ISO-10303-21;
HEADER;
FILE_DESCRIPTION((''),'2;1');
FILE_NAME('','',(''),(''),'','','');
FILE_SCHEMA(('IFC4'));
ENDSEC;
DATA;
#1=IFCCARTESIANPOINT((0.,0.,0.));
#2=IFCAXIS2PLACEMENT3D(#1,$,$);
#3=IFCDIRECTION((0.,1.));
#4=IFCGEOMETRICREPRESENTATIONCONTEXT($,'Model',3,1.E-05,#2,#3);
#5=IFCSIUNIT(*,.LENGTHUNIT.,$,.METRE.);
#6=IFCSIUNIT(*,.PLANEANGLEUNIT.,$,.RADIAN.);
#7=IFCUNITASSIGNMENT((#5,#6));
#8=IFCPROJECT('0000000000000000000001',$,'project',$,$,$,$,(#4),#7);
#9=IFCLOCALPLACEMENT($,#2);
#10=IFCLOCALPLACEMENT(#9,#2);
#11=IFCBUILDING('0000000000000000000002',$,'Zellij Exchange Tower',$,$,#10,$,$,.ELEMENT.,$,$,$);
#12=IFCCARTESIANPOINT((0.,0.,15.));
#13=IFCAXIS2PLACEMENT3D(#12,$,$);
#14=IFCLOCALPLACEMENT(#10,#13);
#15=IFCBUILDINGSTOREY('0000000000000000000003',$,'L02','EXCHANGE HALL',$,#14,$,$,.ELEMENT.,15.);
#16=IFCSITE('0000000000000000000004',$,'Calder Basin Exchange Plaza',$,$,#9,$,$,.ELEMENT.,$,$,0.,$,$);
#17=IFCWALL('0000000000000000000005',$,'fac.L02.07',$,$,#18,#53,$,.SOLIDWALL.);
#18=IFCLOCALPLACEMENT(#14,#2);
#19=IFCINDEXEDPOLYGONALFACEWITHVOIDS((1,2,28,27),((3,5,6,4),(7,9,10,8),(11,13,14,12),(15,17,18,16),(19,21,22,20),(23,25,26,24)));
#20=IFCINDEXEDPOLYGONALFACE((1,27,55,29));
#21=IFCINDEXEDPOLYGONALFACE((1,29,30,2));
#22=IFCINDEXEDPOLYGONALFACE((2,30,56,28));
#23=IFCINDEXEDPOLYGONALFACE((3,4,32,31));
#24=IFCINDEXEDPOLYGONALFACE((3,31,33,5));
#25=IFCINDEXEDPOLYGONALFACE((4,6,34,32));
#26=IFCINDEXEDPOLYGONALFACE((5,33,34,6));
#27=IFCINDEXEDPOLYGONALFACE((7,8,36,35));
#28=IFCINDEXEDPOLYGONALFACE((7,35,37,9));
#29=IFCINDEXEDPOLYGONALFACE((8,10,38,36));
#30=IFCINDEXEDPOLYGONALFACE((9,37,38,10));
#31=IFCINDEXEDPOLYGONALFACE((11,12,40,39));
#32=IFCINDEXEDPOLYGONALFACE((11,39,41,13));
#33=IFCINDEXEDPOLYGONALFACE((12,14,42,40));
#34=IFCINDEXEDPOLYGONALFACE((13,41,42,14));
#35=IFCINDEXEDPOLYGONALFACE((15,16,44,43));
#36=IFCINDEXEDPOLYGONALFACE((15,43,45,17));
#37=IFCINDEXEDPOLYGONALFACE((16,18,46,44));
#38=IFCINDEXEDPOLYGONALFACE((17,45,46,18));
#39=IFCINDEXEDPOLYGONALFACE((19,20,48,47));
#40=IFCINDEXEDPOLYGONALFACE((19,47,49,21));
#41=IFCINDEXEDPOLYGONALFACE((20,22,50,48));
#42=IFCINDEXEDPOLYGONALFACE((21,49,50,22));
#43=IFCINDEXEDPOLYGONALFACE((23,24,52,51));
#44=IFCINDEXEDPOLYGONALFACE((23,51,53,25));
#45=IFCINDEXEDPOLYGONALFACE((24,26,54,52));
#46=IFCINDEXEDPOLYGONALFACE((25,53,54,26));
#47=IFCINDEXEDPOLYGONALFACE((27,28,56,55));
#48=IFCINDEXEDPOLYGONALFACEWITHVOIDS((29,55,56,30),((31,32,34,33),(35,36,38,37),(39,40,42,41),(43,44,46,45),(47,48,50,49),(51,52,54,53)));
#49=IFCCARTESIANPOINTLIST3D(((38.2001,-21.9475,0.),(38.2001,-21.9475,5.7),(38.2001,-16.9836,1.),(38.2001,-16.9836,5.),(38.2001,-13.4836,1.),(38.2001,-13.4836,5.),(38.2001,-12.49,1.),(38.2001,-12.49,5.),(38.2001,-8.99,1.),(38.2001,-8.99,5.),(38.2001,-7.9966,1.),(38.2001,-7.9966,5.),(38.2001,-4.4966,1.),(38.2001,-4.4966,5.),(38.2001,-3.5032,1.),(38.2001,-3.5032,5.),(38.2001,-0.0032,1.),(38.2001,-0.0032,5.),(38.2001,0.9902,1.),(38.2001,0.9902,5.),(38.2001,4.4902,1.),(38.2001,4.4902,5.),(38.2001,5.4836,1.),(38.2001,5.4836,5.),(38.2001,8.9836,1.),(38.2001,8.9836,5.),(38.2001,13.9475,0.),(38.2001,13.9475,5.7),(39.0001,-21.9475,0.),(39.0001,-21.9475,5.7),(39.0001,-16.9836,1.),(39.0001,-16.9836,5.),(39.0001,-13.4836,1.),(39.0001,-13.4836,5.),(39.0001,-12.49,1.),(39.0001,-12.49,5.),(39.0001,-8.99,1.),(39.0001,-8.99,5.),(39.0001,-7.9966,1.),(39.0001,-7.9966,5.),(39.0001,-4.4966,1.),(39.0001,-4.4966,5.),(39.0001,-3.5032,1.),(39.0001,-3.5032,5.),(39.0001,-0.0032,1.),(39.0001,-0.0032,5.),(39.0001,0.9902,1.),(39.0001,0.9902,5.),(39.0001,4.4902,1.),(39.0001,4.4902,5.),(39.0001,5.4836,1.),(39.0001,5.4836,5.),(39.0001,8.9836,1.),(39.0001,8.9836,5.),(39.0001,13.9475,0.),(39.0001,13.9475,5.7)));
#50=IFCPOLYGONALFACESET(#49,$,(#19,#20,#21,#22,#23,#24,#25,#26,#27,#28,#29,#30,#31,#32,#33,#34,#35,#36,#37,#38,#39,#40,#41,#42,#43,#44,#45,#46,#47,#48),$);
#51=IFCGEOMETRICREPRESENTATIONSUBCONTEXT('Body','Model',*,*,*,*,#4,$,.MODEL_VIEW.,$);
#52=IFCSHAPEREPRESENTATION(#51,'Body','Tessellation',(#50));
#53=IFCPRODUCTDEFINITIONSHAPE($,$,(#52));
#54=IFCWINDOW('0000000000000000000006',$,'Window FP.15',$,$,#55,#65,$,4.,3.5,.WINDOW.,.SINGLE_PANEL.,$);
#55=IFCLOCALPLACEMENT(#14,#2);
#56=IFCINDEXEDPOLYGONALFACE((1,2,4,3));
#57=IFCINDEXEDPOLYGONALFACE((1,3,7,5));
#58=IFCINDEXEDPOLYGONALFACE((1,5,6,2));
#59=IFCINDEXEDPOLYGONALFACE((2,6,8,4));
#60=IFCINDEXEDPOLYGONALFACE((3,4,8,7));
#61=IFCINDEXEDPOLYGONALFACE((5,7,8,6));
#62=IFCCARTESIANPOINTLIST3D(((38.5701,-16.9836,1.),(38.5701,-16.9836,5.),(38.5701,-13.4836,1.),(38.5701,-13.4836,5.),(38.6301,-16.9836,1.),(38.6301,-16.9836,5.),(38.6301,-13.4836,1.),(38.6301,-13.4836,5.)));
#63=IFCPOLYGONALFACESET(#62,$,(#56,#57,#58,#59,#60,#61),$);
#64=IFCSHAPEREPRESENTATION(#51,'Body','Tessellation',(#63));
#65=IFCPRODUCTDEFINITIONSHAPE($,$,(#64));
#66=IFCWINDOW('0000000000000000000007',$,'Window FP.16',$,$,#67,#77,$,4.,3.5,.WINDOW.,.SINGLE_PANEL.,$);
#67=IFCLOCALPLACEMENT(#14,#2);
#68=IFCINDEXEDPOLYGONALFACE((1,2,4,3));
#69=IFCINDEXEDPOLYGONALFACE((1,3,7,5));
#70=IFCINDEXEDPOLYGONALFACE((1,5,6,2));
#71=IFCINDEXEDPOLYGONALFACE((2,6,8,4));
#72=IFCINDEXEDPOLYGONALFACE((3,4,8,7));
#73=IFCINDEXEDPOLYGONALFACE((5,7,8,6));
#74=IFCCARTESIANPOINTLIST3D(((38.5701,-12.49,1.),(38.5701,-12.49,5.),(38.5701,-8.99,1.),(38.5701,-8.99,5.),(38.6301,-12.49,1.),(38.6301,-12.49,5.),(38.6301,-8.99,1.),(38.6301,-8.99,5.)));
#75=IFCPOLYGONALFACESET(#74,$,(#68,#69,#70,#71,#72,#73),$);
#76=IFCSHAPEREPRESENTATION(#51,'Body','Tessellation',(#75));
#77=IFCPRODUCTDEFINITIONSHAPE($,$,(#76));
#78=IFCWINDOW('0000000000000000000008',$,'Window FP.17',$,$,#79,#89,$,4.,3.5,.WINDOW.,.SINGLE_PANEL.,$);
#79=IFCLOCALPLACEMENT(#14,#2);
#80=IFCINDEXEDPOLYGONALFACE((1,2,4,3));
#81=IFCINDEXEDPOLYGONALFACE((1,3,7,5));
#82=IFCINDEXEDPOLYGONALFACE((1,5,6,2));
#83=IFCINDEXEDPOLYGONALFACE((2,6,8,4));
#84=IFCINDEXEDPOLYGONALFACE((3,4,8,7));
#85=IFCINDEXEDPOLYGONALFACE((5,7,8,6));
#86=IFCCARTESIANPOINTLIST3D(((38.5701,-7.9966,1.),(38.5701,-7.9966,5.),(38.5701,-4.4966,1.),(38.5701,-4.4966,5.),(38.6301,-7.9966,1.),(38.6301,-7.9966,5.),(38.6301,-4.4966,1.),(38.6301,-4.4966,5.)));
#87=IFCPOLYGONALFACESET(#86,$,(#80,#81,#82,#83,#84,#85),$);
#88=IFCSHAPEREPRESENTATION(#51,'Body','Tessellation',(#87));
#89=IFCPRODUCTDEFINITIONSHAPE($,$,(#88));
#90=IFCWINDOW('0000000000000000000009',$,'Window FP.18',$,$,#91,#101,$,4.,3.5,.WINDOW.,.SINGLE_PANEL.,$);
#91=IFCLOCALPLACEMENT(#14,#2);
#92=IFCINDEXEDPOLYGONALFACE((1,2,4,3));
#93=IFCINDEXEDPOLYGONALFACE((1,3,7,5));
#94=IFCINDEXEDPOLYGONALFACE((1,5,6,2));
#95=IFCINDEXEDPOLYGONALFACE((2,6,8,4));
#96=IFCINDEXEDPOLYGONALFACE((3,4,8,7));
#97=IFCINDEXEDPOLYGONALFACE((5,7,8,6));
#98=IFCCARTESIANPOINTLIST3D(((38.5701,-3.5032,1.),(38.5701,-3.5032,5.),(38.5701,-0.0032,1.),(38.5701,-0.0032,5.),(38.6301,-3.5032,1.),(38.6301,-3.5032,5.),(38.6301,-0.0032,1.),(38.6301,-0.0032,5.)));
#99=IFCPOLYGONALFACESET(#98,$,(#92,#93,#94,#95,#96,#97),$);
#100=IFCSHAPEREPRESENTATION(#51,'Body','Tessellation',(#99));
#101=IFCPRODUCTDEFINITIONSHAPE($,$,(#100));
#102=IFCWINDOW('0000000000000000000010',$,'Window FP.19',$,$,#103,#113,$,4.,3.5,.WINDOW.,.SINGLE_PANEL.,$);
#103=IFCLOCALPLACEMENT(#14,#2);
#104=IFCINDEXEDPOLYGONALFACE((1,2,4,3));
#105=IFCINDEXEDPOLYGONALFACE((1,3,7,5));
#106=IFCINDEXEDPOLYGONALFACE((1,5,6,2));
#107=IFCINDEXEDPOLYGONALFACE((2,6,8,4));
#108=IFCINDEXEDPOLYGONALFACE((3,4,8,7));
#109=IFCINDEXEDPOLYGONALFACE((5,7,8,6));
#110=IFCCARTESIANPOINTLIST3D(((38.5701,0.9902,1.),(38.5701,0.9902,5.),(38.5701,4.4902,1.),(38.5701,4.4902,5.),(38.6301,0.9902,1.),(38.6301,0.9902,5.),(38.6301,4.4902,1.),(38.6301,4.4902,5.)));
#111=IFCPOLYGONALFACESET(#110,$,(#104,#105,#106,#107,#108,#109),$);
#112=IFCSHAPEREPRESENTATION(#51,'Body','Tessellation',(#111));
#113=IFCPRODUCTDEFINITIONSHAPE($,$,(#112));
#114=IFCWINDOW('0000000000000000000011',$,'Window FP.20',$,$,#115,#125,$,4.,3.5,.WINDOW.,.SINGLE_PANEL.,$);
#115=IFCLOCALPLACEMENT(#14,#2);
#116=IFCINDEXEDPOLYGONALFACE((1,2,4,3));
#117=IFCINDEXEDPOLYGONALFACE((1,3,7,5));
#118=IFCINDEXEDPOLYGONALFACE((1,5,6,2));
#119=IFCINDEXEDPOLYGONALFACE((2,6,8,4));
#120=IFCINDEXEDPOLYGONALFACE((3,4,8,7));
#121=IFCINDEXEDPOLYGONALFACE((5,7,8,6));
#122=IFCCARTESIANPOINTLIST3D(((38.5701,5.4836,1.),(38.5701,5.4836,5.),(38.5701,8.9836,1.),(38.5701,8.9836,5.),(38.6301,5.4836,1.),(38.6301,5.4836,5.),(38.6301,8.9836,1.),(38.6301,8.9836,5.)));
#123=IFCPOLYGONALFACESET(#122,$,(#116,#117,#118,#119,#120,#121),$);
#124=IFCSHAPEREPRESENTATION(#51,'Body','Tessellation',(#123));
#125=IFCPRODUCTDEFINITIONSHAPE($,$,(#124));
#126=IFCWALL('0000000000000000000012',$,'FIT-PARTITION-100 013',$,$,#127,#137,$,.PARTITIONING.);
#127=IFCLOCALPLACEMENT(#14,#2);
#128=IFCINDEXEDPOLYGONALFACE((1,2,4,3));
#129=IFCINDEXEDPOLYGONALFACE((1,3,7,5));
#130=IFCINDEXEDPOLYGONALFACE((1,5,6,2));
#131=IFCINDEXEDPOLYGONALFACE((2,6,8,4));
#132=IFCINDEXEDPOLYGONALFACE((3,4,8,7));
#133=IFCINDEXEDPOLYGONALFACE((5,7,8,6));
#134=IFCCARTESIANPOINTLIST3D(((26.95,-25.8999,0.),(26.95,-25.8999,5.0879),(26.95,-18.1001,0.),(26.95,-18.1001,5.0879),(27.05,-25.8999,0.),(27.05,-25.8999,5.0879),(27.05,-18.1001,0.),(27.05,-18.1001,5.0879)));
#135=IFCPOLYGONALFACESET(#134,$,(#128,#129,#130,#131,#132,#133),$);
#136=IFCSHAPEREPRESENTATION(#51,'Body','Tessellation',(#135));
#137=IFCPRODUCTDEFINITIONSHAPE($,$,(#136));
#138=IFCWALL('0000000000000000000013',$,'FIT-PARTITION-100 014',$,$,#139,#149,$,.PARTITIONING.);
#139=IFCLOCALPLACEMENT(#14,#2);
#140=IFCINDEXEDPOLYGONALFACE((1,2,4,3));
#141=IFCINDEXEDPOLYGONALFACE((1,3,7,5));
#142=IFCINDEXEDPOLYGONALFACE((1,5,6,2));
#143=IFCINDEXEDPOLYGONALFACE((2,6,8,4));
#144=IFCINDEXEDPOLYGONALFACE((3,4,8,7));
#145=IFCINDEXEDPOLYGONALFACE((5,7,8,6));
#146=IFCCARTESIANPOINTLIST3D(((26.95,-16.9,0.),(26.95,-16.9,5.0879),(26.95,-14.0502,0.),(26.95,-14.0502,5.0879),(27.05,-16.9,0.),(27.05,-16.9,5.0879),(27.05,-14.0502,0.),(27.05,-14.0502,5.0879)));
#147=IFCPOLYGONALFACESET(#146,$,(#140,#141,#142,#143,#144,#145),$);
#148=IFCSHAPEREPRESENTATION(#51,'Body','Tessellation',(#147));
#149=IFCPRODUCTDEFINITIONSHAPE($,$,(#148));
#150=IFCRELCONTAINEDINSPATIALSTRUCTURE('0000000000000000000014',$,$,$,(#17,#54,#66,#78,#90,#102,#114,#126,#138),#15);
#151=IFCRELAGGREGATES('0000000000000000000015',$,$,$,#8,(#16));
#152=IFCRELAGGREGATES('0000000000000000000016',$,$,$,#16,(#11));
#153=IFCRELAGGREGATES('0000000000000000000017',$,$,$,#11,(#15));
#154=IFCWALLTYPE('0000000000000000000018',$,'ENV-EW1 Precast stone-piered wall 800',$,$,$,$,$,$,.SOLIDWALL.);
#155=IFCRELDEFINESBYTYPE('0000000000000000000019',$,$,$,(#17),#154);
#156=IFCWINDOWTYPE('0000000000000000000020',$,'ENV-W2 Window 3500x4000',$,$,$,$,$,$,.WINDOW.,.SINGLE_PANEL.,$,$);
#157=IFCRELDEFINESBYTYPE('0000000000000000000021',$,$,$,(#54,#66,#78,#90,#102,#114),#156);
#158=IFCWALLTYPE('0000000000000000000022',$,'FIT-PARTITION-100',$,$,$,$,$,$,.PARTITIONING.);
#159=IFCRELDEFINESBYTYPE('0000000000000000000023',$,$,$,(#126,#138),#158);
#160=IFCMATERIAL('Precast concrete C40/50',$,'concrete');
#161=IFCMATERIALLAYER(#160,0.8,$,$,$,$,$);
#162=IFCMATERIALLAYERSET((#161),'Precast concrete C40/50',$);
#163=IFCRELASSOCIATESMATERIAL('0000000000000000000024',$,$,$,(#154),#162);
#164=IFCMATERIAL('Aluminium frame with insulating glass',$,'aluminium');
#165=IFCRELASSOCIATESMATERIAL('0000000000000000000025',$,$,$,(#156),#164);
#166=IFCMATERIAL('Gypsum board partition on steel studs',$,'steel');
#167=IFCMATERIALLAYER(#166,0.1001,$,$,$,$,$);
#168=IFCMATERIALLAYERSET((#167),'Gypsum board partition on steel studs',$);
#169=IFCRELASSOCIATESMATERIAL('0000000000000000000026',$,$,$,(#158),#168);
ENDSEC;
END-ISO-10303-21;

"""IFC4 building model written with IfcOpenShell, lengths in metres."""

from ifc_helpers import new_model, si_unit, direction, frame, frame_2d, origin, place, context, subcontext, project, spatial, rectangle, extrude, material, layer, layer_set, type_object, element, fill, save


model = new_model("IFC4")

# Units and contexts
model_context = context("Model", 3, precision=1e-05, world=origin(), true_north=direction((0.0, 1.0)))
body_context = subcontext(model_context, "Body", "Model", "MODEL_VIEW")
ifc_project = project(units=[si_unit("LENGTHUNIT", "METRE"), si_unit("PLANEANGLEUNIT", "RADIAN")], contexts=[model_context])

# Site, building, storey
site_placement = place(None, origin())
site = spatial("IfcSite", under=ifc_project, at=site_placement, Name="Calder Basin Exchange Plaza", CompositionType="ELEMENT", RefElevation=0.0)
building_placement = place(site_placement, origin())
building = spatial("IfcBuilding", under=site, at=building_placement, Name="Zellij Exchange Tower", CompositionType="ELEMENT")
storey_placement = place(building_placement, frame((0.0, 0.0, 15.0)))
storey = spatial("IfcBuildingStorey", under=building, at=storey_placement, Name="L02", Description="EXCHANGE HALL", CompositionType="ELEMENT", Elevation=15.0)

# Shared definitions
ifc_material_1 = material(Name="Precast concrete C40/50", Category="concrete")
ifc_layer_1 = layer(ifc_material_1, 0.8)
ifc_layer_set_1 = layer_set([ifc_layer_1], Name="Precast concrete C40/50")
wall_type_1 = type_object("IfcWallType", Name="ENV-EW1 Precast stone-piered wall 800", PredefinedType="SOLIDWALL", material=ifc_layer_set_1)

# Wall, openings, windows
wall_1_placement = place(storey_placement, frame((38.6001, -21.9475, 0.0), z_axis=(0.0, 0.0, 1.0), x_axis=(0.0, 1.0, 0.0)))
wall_1 = element("IfcWall", 1, at=wall_1_placement, inside=storey, type_object=wall_type_1, Name="fac.L02.07", PredefinedType="SOLIDWALL", context=body_context, shape_type="SweptSolid", body=[
    extrude(rectangle(XDim=35.895, YDim=0.8, at=frame_2d((17.9475, 0.0))), origin(), (0.0, 0.0, 1.0), 5.7),
])
opening_1_placement = place(wall_1_placement, frame((4.9639, 0.0, 1.0)))
opening_1 = element("IfcOpeningElement", 2, at=opening_1_placement, cuts=wall_1, PredefinedType="OPENING", context=body_context, shape_type="SweptSolid", body=[
    extrude(rectangle(XDim=3.5, YDim=4.0, at=frame_2d((1.75, 2.0))), frame((0.0, 0.4121, 0.0), z_axis=(0.0, -1.0, 0.0), x_axis=(1.0, 0.0, 0.0)), (0.0, 0.0, 1.0), 0.824),
])
opening_2_placement = place(wall_1_placement, frame((9.4575, 0.0, 1.0)))
opening_2 = element("IfcOpeningElement", 3, at=opening_2_placement, cuts=wall_1, PredefinedType="OPENING", context=body_context, shape_type="SweptSolid", body=[
    extrude(rectangle(XDim=3.5, YDim=4.0, at=frame_2d((1.75, 2.0))), frame((0.0, 0.4121, 0.0), z_axis=(0.0, -1.0, 0.0), x_axis=(1.0, 0.0, 0.0)), (0.0, 0.0, 1.0), 0.824),
])
opening_3_placement = place(wall_1_placement, frame((13.9509, 0.0, 1.0)))
opening_3 = element("IfcOpeningElement", 4, at=opening_3_placement, cuts=wall_1, PredefinedType="OPENING", context=body_context, shape_type="SweptSolid", body=[
    extrude(rectangle(XDim=3.5, YDim=4.0, at=frame_2d((1.75, 2.0))), frame((0.0, 0.4121, 0.0), z_axis=(0.0, -1.0, 0.0), x_axis=(1.0, 0.0, 0.0)), (0.0, 0.0, 1.0), 0.824),
])
opening_4_placement = place(wall_1_placement, frame((18.4443, 0.0, 1.0)))
opening_4 = element("IfcOpeningElement", 5, at=opening_4_placement, cuts=wall_1, PredefinedType="OPENING", context=body_context, shape_type="SweptSolid", body=[
    extrude(rectangle(XDim=3.5, YDim=4.0, at=frame_2d((1.75, 2.0))), frame((0.0, 0.4121, 0.0), z_axis=(0.0, -1.0, 0.0), x_axis=(1.0, 0.0, 0.0)), (0.0, 0.0, 1.0), 0.824),
])
opening_5_placement = place(wall_1_placement, frame((22.9377, 0.0, 1.0)))
opening_5 = element("IfcOpeningElement", 6, at=opening_5_placement, cuts=wall_1, PredefinedType="OPENING", context=body_context, shape_type="SweptSolid", body=[
    extrude(rectangle(XDim=3.5, YDim=4.0, at=frame_2d((1.75, 2.0))), frame((0.0, 0.4121, 0.0), z_axis=(0.0, -1.0, 0.0), x_axis=(1.0, 0.0, 0.0)), (0.0, 0.0, 1.0), 0.824),
])
opening_6_placement = place(wall_1_placement, frame((27.4312, 0.0, 1.0)))
opening_6 = element("IfcOpeningElement", 7, at=opening_6_placement, cuts=wall_1, PredefinedType="OPENING", context=body_context, shape_type="SweptSolid", body=[
    extrude(rectangle(XDim=3.5, YDim=4.0, at=frame_2d((1.75, 2.0))), frame((0.0, 0.4121, 0.0), z_axis=(0.0, -1.0, 0.0), x_axis=(1.0, 0.0, 0.0)), (0.0, 0.0, 1.0), 0.824),
])
ifc_material_2 = material(Name="Aluminium frame with insulating glass", Category="aluminium")
window_type = type_object("IfcWindowType", Name="ENV-W2 Window 3500x4000", PartitioningType="SINGLE_PANEL", PredefinedType="WINDOW", material=ifc_material_2)
window_1_placement = place(opening_1_placement, origin())
window_1 = element("IfcWindow", 8, at=window_1_placement, inside=storey, type_object=window_type, Name="Window FP.15", OverallHeight=4.0, OverallWidth=3.5, PartitioningType="SINGLE_PANEL", PredefinedType="WINDOW", context=body_context, shape_type="SweptSolid", body=[
    extrude(rectangle(XDim=3.5, YDim=4.0, at=frame_2d((1.75, 2.0))), frame((0.0, 0.03, 0.0), z_axis=(0.0, -1.0, 0.0), x_axis=(1.0, 0.0, 0.0)), (0.0, 0.0, 1.0), 0.0601),
])
fill(opening_1, window_1)
window_2_placement = place(opening_2_placement, origin())
window_2 = element("IfcWindow", 9, at=window_2_placement, inside=storey, type_object=window_type, Name="Window FP.16", OverallHeight=4.0, OverallWidth=3.5, PartitioningType="SINGLE_PANEL", PredefinedType="WINDOW", context=body_context, shape_type="SweptSolid", body=[
    extrude(rectangle(XDim=3.5, YDim=4.0, at=frame_2d((1.75, 2.0))), frame((0.0, 0.03, 0.0), z_axis=(0.0, -1.0, 0.0), x_axis=(1.0, 0.0, 0.0)), (0.0, 0.0, 1.0), 0.0601),
])
fill(opening_2, window_2)
window_3_placement = place(opening_3_placement, origin())
window_3 = element("IfcWindow", 10, at=window_3_placement, inside=storey, type_object=window_type, Name="Window FP.17", OverallHeight=4.0, OverallWidth=3.5, PartitioningType="SINGLE_PANEL", PredefinedType="WINDOW", context=body_context, shape_type="SweptSolid", body=[
    extrude(rectangle(XDim=3.5, YDim=4.0, at=frame_2d((1.75, 2.0))), frame((0.0, 0.03, 0.0), z_axis=(0.0, -1.0, 0.0), x_axis=(1.0, 0.0, 0.0)), (0.0, 0.0, 1.0), 0.0601),
])
fill(opening_3, window_3)
window_4_placement = place(opening_4_placement, origin())
window_4 = element("IfcWindow", 11, at=window_4_placement, inside=storey, type_object=window_type, Name="Window FP.18", OverallHeight=4.0, OverallWidth=3.5, PartitioningType="SINGLE_PANEL", PredefinedType="WINDOW", context=body_context, shape_type="SweptSolid", body=[
    extrude(rectangle(XDim=3.5, YDim=4.0, at=frame_2d((1.75, 2.0))), frame((0.0, 0.03, 0.0), z_axis=(0.0, -1.0, 0.0), x_axis=(1.0, 0.0, 0.0)), (0.0, 0.0, 1.0), 0.0601),
])
fill(opening_4, window_4)
window_5_placement = place(opening_5_placement, origin())
window_5 = element("IfcWindow", 12, at=window_5_placement, inside=storey, type_object=window_type, Name="Window FP.19", OverallHeight=4.0, OverallWidth=3.5, PartitioningType="SINGLE_PANEL", PredefinedType="WINDOW", context=body_context, shape_type="SweptSolid", body=[
    extrude(rectangle(XDim=3.5, YDim=4.0, at=frame_2d((1.75, 2.0))), frame((0.0, 0.03, 0.0), z_axis=(0.0, -1.0, 0.0), x_axis=(1.0, 0.0, 0.0)), (0.0, 0.0, 1.0), 0.0601),
])
fill(opening_5, window_5)
window_6_placement = place(opening_6_placement, origin())
window_6 = element("IfcWindow", 13, at=window_6_placement, inside=storey, type_object=window_type, Name="Window FP.20", OverallHeight=4.0, OverallWidth=3.5, PartitioningType="SINGLE_PANEL", PredefinedType="WINDOW", context=body_context, shape_type="SweptSolid", body=[
    extrude(rectangle(XDim=3.5, YDim=4.0, at=frame_2d((1.75, 2.0))), frame((0.0, 0.03, 0.0), z_axis=(0.0, -1.0, 0.0), x_axis=(1.0, 0.0, 0.0)), (0.0, 0.0, 1.0), 0.0601),
])
fill(opening_6, window_6)

# Walls
ifc_material_3 = material(Name="Gypsum board partition on steel studs", Category="steel")
ifc_layer_2 = layer(ifc_material_3, 0.1001)
ifc_layer_set_2 = layer_set([ifc_layer_2], Name="Gypsum board partition on steel studs")
wall_type_2 = type_object("IfcWallType", Name="FIT-PARTITION-100", PredefinedType="PARTITIONING", material=ifc_layer_set_2)
wall_2_placement = place(storey_placement, frame((27.0, -25.8999, 0.0), z_axis=(0.0, 0.0, 1.0), x_axis=(0.0, 1.0, 0.0)))
element("IfcWall", 14, at=wall_2_placement, inside=storey, type_object=wall_type_2, Name="FIT-PARTITION-100 013", PredefinedType="PARTITIONING", context=body_context, shape_type="SweptSolid", body=[
    extrude(rectangle(XDim=7.7998, YDim=0.1001, at=frame_2d((3.8999, 0.0))), origin(), (0.0, 0.0, 1.0), 5.0879),
])
wall_3_placement = place(storey_placement, frame((27.0, -16.8999, 0.0), z_axis=(0.0, 0.0, 1.0), x_axis=(0.0, 1.0, 0.0)))
element("IfcWall", 15, at=wall_3_placement, inside=storey, type_object=wall_type_2, Name="FIT-PARTITION-100 014", PredefinedType="PARTITIONING", context=body_context, shape_type="SweptSolid", body=[
    extrude(rectangle(XDim=2.8499, YDim=0.1001, at=frame_2d((1.4248, 0.0))), origin(), (0.0, 0.0, 1.0), 5.0879),
])

save(model, "model.ifc")
